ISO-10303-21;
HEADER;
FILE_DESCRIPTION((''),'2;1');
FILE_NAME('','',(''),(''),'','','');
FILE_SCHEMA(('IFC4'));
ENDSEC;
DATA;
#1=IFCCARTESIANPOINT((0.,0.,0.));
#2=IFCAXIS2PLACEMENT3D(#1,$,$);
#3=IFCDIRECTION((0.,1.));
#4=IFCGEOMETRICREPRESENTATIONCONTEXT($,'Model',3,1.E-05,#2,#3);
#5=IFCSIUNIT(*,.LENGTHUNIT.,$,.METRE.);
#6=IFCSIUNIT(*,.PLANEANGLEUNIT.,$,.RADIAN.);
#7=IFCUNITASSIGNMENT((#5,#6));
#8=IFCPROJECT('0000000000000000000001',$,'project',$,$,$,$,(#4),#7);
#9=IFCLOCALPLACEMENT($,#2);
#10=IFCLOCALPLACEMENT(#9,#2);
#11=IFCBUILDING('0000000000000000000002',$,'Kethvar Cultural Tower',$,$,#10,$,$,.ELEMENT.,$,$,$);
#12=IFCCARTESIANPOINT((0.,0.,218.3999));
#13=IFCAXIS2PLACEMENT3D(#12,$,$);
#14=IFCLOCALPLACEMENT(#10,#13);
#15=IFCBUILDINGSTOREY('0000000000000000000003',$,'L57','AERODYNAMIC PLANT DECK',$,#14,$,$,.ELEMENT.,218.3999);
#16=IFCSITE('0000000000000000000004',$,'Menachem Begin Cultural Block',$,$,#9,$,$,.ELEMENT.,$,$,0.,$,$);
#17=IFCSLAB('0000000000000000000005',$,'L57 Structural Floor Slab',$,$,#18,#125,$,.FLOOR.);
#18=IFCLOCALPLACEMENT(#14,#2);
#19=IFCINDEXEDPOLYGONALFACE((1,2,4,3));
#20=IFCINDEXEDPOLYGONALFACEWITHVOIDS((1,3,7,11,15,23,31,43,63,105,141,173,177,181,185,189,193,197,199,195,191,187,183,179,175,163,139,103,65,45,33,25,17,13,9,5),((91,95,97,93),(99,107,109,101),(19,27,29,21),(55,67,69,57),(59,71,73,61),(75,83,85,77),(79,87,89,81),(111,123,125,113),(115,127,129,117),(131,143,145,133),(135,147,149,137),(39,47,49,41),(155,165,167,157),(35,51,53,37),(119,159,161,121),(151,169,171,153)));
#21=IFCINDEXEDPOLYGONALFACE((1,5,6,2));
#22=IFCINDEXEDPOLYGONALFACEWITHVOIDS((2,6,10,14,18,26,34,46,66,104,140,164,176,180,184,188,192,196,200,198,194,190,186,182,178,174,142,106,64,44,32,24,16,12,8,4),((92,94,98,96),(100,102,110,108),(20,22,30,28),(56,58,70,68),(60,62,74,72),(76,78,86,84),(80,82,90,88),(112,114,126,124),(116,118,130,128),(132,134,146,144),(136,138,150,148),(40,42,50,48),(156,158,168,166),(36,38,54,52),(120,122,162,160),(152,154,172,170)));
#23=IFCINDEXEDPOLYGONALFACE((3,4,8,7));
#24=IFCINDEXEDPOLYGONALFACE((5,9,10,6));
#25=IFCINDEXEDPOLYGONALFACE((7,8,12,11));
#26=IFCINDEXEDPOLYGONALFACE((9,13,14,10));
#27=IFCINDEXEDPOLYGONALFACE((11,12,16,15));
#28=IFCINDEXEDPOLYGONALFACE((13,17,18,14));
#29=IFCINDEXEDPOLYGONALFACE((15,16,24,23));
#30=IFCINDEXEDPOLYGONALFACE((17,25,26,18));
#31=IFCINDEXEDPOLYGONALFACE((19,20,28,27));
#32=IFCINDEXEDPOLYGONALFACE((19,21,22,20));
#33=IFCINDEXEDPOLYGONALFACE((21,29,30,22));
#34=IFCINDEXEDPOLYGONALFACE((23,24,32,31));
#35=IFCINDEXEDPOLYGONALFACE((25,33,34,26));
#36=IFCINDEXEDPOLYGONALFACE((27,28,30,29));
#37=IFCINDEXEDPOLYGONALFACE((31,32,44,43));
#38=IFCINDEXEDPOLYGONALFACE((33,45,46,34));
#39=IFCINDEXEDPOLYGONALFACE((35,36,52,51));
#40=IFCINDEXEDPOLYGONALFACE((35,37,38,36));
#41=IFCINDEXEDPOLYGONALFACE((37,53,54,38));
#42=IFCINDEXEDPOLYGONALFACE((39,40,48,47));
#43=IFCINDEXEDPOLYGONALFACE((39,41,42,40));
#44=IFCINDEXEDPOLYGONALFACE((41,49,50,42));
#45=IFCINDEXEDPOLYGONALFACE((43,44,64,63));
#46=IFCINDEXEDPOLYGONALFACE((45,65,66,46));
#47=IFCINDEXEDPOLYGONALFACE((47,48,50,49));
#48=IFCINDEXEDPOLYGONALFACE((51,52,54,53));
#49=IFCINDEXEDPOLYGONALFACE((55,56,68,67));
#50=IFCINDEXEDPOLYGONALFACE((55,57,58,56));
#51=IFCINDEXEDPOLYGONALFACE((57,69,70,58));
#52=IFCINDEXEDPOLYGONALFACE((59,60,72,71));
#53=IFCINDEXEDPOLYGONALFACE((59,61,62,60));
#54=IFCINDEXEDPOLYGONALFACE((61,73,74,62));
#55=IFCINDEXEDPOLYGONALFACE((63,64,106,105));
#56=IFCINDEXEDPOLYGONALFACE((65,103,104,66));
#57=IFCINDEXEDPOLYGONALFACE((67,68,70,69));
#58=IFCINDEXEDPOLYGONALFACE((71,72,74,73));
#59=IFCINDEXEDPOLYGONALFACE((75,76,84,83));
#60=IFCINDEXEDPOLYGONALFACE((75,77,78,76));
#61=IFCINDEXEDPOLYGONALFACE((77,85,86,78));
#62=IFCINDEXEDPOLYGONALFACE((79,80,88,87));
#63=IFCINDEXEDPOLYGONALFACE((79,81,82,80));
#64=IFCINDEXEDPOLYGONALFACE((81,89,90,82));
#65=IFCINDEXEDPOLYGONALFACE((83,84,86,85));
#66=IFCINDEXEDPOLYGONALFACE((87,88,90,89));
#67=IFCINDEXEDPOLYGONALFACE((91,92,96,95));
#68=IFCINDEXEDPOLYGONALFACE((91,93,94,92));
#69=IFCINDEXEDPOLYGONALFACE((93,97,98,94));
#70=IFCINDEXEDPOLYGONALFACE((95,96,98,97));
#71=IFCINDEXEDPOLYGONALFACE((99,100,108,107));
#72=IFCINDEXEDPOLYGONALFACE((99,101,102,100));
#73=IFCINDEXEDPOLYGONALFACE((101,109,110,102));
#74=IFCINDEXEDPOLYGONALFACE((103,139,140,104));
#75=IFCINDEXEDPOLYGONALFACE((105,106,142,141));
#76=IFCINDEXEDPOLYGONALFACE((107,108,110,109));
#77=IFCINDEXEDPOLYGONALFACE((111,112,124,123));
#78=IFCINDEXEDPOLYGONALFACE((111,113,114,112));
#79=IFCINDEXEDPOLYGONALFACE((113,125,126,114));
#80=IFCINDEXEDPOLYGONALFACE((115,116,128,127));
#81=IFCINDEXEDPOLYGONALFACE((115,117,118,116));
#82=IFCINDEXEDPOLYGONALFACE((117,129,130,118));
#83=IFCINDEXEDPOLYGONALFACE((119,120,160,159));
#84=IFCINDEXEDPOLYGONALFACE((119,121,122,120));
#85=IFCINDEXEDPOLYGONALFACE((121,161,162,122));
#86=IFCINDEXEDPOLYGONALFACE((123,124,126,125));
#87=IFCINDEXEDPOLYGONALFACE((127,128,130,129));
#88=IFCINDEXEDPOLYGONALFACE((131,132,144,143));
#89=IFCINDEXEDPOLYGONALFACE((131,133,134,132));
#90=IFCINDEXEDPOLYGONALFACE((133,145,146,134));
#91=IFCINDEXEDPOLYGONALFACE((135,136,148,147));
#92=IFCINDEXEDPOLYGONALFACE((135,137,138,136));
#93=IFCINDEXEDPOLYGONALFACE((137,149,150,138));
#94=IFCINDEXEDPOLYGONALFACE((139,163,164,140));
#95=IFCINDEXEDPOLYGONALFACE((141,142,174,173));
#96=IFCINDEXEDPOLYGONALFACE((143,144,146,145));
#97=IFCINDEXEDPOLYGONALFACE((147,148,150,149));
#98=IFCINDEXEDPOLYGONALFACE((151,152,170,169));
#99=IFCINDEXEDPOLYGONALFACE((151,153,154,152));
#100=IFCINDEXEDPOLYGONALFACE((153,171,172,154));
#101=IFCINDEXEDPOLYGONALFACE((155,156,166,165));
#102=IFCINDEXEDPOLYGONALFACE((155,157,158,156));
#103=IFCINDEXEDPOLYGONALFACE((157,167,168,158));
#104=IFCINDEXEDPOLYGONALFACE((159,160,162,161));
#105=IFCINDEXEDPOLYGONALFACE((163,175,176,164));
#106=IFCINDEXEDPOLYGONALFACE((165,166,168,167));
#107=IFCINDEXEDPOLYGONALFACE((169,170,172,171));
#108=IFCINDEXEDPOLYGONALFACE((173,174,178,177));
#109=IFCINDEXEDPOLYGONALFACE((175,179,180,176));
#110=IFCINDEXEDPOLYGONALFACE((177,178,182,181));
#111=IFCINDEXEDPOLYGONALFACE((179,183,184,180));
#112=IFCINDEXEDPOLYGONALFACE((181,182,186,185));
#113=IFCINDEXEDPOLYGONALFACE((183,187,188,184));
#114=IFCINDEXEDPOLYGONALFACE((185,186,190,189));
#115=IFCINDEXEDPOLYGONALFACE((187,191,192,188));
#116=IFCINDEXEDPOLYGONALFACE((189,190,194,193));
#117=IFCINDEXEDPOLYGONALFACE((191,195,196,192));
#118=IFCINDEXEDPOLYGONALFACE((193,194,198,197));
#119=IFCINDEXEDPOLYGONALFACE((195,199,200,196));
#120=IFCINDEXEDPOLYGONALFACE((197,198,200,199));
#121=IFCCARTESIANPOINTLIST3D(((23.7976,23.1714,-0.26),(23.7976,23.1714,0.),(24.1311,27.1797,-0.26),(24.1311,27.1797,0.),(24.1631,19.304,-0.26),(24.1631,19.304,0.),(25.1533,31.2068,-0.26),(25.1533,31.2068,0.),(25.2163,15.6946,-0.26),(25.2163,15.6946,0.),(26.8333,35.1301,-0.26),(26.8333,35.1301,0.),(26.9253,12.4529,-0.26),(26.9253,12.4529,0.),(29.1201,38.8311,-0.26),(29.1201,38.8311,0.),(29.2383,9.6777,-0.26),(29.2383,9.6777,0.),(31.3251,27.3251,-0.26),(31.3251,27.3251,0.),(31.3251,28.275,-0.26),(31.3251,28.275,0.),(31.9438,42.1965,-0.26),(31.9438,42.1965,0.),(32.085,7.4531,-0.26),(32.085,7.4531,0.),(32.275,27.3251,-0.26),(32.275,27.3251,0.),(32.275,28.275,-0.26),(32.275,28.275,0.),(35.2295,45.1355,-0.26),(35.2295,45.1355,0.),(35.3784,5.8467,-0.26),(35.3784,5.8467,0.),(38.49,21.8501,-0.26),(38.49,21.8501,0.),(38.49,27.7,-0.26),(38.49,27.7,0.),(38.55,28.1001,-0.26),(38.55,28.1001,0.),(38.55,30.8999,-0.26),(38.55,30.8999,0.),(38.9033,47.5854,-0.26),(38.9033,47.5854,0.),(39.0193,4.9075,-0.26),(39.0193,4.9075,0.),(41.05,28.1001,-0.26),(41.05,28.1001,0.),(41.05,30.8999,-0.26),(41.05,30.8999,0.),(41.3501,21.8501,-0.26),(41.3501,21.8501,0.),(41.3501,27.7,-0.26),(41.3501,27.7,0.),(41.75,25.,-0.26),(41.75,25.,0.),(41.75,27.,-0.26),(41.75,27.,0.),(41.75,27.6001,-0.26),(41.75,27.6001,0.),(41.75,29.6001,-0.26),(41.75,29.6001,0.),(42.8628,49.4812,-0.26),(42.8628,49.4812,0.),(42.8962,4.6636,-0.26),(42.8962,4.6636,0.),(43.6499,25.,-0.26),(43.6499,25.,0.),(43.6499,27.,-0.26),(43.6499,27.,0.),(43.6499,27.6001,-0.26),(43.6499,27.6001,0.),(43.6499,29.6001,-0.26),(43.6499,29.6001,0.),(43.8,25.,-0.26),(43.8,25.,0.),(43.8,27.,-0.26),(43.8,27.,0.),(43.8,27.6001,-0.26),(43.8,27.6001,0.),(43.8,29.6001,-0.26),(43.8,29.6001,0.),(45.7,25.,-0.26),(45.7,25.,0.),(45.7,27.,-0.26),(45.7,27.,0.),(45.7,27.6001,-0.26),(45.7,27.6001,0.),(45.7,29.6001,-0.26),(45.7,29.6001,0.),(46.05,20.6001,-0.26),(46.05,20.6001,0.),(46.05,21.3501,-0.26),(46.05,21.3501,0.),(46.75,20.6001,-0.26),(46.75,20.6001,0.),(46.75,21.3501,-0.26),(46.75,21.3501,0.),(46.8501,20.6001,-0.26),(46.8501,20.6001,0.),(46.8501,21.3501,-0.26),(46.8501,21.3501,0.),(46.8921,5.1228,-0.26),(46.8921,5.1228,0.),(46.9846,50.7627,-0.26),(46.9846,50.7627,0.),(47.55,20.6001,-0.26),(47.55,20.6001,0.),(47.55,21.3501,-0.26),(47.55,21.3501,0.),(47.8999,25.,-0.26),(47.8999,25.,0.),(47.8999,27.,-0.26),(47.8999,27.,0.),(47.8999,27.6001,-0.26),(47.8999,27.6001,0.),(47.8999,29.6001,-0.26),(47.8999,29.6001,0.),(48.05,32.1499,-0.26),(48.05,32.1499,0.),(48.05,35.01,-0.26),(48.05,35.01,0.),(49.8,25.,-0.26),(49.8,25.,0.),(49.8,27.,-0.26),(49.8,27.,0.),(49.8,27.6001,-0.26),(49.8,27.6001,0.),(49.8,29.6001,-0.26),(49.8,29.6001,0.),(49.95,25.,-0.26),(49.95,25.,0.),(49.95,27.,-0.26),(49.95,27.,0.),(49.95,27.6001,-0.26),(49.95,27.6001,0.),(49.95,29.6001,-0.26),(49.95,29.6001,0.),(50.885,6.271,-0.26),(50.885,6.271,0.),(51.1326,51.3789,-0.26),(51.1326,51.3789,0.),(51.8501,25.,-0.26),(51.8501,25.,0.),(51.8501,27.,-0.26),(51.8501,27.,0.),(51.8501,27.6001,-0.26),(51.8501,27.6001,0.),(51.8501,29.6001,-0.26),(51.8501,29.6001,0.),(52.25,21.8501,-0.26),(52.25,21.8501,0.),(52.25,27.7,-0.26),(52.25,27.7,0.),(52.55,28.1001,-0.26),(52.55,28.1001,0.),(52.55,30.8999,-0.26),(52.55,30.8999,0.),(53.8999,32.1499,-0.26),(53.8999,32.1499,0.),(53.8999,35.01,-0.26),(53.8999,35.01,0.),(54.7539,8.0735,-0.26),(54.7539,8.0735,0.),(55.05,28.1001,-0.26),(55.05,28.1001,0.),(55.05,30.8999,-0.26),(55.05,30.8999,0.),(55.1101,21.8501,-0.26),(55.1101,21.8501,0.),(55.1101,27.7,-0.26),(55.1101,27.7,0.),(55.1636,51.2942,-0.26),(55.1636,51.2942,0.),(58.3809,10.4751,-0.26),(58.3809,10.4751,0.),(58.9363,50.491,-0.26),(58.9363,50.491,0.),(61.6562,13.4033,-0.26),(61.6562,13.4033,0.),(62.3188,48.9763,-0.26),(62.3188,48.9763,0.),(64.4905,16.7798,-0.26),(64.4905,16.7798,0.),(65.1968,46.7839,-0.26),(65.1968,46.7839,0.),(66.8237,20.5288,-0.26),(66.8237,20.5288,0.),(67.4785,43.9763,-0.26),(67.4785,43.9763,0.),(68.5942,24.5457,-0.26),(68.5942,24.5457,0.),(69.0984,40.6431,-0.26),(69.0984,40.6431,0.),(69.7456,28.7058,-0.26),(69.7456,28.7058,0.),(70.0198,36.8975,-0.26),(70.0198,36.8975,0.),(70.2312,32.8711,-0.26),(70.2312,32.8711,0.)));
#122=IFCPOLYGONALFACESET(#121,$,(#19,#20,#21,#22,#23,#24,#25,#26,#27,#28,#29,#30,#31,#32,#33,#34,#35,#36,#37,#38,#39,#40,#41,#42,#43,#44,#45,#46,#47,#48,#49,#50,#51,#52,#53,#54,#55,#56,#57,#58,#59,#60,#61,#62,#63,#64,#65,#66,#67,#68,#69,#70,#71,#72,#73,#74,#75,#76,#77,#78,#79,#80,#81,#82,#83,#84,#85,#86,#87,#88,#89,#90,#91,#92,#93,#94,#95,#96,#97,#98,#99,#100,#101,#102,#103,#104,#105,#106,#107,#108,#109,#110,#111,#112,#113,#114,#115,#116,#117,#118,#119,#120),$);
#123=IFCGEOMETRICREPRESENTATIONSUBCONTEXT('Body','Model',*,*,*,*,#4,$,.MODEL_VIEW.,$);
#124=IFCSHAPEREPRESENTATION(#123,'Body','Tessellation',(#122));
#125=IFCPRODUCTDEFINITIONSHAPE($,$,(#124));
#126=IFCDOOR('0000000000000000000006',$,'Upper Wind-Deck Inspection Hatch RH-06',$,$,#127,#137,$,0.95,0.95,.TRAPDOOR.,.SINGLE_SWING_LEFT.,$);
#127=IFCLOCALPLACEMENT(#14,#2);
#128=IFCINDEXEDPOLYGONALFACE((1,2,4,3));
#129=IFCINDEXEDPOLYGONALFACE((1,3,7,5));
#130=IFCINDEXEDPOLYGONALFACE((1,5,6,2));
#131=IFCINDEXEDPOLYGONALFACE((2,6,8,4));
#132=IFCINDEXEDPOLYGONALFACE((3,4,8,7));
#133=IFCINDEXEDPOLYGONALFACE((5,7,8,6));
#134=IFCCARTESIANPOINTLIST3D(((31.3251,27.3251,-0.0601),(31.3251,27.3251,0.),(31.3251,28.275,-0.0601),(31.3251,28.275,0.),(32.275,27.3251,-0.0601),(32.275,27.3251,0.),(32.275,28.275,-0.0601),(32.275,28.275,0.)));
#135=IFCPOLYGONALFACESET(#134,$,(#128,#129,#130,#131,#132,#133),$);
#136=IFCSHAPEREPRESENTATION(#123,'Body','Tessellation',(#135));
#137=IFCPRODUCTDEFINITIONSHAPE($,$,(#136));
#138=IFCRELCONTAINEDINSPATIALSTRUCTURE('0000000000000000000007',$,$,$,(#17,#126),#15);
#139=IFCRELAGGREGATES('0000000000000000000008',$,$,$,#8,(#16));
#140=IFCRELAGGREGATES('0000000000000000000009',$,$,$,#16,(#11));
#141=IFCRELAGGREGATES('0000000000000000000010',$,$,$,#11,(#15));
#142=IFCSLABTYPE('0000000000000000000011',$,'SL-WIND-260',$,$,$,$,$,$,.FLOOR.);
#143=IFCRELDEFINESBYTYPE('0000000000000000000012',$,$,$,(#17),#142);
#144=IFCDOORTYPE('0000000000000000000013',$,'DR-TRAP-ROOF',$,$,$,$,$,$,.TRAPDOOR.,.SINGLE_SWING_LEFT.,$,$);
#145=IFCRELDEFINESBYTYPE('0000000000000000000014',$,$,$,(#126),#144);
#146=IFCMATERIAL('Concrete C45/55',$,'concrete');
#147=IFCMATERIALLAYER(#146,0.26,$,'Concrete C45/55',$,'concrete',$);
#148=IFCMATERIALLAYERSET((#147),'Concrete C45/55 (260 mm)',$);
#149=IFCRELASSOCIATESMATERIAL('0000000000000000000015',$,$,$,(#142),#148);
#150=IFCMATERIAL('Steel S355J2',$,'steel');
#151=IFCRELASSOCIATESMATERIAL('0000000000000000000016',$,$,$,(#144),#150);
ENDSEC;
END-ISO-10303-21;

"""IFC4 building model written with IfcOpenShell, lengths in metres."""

from ifc_helpers import new_model, si_unit, direction, frame, origin, origin_2d, place, context, subcontext, project, spatial, polyline, rectangle, outline, extrude, material, layer, layer_set, type_object, element, fill, save


model = new_model("IFC4")

# Units and contexts
model_context = context("Model", 3, precision=1e-05, world=origin(), true_north=direction((0.0, 1.0)))
body_context = subcontext(model_context, "Body", "Model", "MODEL_VIEW")
ifc_project = project(units=[si_unit("LENGTHUNIT", "METRE"), si_unit("PLANEANGLEUNIT", "RADIAN")], contexts=[model_context])

# Site, building, storey
site_placement = place(None, origin())
site = spatial("IfcSite", under=ifc_project, at=site_placement, Name="Menachem Begin Cultural Block", CompositionType="ELEMENT", RefElevation=0.0)
building_placement = place(site_placement, origin())
building = spatial("IfcBuilding", under=site, at=building_placement, Name="Kethvar Cultural Tower", CompositionType="ELEMENT")
storey_placement = place(building_placement, frame((0.0, 0.0, 218.3999)))
storey = spatial("IfcBuildingStorey", under=building, at=storey_placement, Name="L57", Description="AERODYNAMIC PLANT DECK", CompositionType="ELEMENT", Elevation=218.3999)

# Shared definitions
ifc_material_1 = material(Name="Steel S355J2", Category="steel")

# Slab, opening, door
ifc_material_2 = material(Name="Concrete C45/55", Category="concrete")
ifc_layer_1 = layer(ifc_material_2, 0.26, Name="Concrete C45/55", Category="concrete")
ifc_layer_set_1 = layer_set([ifc_layer_1], Name="Concrete C45/55 (260 mm)")
slab_type_1 = type_object("IfcSlabType", Name="SL-WIND-260", PredefinedType="FLOOR", material=ifc_layer_set_1)
slab_1_placement = place(storey_placement, frame((0.0, 0.0, -0.26)))
slab_1 = element("IfcSlab", 1, at=slab_1_placement, inside=storey, type_object=slab_type_1, Name="L57 Structural Floor Slab", PredefinedType="FLOOR", context=body_context, shape_type="SweptSolid", body=[
    extrude(outline(polyline([(65.1968, 46.7839), (62.3188, 48.9763), (58.9363, 50.491), (55.1636, 51.2942), (51.1326, 51.3789), (46.9846, 50.7627), (42.8628, 49.4812), (38.9033, 47.5854), (35.2295, 45.1355), (31.9438, 42.1965), (29.1201, 38.8311), (26.8333, 35.1301), (25.1533, 31.2068), (24.1311, 27.1797), (23.7976, 23.1714), (24.1631, 19.304), (25.2163, 15.6946), (26.9253, 12.4529), (29.2383, 9.6777), (32.085, 7.4531), (35.3784, 5.8467), (39.0193, 4.9075), (42.8962, 4.6636), (46.8921, 5.1228), (50.885, 6.271), (54.7539, 8.0735), (58.3809, 10.4751), (61.6562, 13.4033), (64.4905, 16.7798), (66.8237, 20.5288), (68.5942, 24.5457), (69.7456, 28.7058), (70.2312, 32.8711), (70.0198, 36.8975), (69.0984, 40.6431), (67.4785, 43.9763), (65.1968, 46.7839)]), holes=[polyline([(38.49, 21.8501), (38.49, 27.7), (41.3501, 27.7), (41.3501, 21.8501), (38.49, 21.8501)]), polyline([(52.25, 21.8501), (52.25, 27.7), (55.1101, 27.7), (55.1101, 21.8501), (52.25, 21.8501)]), polyline([(53.8999, 32.1499), (48.05, 32.1499), (48.05, 35.01), (53.8999, 35.01), (53.8999, 32.1499)]), polyline([(41.75, 27.0), (43.6499, 27.0), (43.6499, 25.0), (41.75, 25.0), (41.75, 27.0)]), polyline([(43.8, 27.0), (45.7, 27.0), (45.7, 25.0), (43.8, 25.0), (43.8, 27.0)]), polyline([(47.8999, 27.0), (49.8, 27.0), (49.8, 25.0), (47.8999, 25.0), (47.8999, 27.0)]), polyline([(49.95, 27.0), (51.8501, 27.0), (51.8501, 25.0), (49.95, 25.0), (49.95, 27.0)]), polyline([(41.75, 29.6001), (43.6499, 29.6001), (43.6499, 27.6001), (41.75, 27.6001), (41.75, 29.6001)]), polyline([(43.8, 29.6001), (45.7, 29.6001), (45.7, 27.6001), (43.8, 27.6001), (43.8, 29.6001)]), polyline([(47.8999, 29.6001), (49.8, 29.6001), (49.8, 27.6001), (47.8999, 27.6001), (47.8999, 29.6001)]), polyline([(49.95, 29.6001), (51.8501, 29.6001), (51.8501, 27.6001), (49.95, 27.6001), (49.95, 29.6001)]), polyline([(38.55, 30.8999), (41.05, 30.8999), (41.05, 28.1001), (38.55, 28.1001), (38.55, 30.8999)]), polyline([(52.55, 30.8999), (55.05, 30.8999), (55.05, 28.1001), (52.55, 28.1001), (52.55, 30.8999)]), polyline([(46.05, 21.3501), (46.75, 21.3501), (46.75, 20.6001), (46.05, 20.6001), (46.05, 21.3501)]), polyline([(46.8501, 21.3501), (47.55, 21.3501), (47.55, 20.6001), (46.8501, 20.6001), (46.8501, 21.3501)])]), origin(), (0.0, 0.0, 1.0), 0.26),
])
opening_placement = place(slab_1_placement, frame((31.8, 27.8, -0.01)))
opening = element("IfcOpeningElement", 2, at=opening_placement, cuts=slab_1, PredefinedType="OPENING", context=body_context, shape_type="SweptSolid", body=[
    extrude(rectangle(XDim=0.95, YDim=0.95, at=origin_2d()), origin(), (0.0, 0.0, 1.0), 0.28),
])
door_type = type_object("IfcDoorType", Name="DR-TRAP-ROOF", OperationType="SINGLE_SWING_LEFT", PredefinedType="TRAPDOOR", material=ifc_material_1)
door_placement = place(slab_1_placement, frame((31.8, 27.8, 0.2)))
door = element("IfcDoor", 3, at=door_placement, inside=storey, type_object=door_type, Name="Upper Wind-Deck Inspection Hatch RH-06", OperationType="SINGLE_SWING_LEFT", OverallHeight=0.95, OverallWidth=0.95, PredefinedType="TRAPDOOR", context=body_context, shape_type="SweptSolid", body=[
    extrude(rectangle(XDim=0.95, YDim=0.95, at=origin_2d()), origin(), (0.0, 0.0, 1.0), 0.0601),
])
fill(opening, door)

save(model, "model.ifc")
